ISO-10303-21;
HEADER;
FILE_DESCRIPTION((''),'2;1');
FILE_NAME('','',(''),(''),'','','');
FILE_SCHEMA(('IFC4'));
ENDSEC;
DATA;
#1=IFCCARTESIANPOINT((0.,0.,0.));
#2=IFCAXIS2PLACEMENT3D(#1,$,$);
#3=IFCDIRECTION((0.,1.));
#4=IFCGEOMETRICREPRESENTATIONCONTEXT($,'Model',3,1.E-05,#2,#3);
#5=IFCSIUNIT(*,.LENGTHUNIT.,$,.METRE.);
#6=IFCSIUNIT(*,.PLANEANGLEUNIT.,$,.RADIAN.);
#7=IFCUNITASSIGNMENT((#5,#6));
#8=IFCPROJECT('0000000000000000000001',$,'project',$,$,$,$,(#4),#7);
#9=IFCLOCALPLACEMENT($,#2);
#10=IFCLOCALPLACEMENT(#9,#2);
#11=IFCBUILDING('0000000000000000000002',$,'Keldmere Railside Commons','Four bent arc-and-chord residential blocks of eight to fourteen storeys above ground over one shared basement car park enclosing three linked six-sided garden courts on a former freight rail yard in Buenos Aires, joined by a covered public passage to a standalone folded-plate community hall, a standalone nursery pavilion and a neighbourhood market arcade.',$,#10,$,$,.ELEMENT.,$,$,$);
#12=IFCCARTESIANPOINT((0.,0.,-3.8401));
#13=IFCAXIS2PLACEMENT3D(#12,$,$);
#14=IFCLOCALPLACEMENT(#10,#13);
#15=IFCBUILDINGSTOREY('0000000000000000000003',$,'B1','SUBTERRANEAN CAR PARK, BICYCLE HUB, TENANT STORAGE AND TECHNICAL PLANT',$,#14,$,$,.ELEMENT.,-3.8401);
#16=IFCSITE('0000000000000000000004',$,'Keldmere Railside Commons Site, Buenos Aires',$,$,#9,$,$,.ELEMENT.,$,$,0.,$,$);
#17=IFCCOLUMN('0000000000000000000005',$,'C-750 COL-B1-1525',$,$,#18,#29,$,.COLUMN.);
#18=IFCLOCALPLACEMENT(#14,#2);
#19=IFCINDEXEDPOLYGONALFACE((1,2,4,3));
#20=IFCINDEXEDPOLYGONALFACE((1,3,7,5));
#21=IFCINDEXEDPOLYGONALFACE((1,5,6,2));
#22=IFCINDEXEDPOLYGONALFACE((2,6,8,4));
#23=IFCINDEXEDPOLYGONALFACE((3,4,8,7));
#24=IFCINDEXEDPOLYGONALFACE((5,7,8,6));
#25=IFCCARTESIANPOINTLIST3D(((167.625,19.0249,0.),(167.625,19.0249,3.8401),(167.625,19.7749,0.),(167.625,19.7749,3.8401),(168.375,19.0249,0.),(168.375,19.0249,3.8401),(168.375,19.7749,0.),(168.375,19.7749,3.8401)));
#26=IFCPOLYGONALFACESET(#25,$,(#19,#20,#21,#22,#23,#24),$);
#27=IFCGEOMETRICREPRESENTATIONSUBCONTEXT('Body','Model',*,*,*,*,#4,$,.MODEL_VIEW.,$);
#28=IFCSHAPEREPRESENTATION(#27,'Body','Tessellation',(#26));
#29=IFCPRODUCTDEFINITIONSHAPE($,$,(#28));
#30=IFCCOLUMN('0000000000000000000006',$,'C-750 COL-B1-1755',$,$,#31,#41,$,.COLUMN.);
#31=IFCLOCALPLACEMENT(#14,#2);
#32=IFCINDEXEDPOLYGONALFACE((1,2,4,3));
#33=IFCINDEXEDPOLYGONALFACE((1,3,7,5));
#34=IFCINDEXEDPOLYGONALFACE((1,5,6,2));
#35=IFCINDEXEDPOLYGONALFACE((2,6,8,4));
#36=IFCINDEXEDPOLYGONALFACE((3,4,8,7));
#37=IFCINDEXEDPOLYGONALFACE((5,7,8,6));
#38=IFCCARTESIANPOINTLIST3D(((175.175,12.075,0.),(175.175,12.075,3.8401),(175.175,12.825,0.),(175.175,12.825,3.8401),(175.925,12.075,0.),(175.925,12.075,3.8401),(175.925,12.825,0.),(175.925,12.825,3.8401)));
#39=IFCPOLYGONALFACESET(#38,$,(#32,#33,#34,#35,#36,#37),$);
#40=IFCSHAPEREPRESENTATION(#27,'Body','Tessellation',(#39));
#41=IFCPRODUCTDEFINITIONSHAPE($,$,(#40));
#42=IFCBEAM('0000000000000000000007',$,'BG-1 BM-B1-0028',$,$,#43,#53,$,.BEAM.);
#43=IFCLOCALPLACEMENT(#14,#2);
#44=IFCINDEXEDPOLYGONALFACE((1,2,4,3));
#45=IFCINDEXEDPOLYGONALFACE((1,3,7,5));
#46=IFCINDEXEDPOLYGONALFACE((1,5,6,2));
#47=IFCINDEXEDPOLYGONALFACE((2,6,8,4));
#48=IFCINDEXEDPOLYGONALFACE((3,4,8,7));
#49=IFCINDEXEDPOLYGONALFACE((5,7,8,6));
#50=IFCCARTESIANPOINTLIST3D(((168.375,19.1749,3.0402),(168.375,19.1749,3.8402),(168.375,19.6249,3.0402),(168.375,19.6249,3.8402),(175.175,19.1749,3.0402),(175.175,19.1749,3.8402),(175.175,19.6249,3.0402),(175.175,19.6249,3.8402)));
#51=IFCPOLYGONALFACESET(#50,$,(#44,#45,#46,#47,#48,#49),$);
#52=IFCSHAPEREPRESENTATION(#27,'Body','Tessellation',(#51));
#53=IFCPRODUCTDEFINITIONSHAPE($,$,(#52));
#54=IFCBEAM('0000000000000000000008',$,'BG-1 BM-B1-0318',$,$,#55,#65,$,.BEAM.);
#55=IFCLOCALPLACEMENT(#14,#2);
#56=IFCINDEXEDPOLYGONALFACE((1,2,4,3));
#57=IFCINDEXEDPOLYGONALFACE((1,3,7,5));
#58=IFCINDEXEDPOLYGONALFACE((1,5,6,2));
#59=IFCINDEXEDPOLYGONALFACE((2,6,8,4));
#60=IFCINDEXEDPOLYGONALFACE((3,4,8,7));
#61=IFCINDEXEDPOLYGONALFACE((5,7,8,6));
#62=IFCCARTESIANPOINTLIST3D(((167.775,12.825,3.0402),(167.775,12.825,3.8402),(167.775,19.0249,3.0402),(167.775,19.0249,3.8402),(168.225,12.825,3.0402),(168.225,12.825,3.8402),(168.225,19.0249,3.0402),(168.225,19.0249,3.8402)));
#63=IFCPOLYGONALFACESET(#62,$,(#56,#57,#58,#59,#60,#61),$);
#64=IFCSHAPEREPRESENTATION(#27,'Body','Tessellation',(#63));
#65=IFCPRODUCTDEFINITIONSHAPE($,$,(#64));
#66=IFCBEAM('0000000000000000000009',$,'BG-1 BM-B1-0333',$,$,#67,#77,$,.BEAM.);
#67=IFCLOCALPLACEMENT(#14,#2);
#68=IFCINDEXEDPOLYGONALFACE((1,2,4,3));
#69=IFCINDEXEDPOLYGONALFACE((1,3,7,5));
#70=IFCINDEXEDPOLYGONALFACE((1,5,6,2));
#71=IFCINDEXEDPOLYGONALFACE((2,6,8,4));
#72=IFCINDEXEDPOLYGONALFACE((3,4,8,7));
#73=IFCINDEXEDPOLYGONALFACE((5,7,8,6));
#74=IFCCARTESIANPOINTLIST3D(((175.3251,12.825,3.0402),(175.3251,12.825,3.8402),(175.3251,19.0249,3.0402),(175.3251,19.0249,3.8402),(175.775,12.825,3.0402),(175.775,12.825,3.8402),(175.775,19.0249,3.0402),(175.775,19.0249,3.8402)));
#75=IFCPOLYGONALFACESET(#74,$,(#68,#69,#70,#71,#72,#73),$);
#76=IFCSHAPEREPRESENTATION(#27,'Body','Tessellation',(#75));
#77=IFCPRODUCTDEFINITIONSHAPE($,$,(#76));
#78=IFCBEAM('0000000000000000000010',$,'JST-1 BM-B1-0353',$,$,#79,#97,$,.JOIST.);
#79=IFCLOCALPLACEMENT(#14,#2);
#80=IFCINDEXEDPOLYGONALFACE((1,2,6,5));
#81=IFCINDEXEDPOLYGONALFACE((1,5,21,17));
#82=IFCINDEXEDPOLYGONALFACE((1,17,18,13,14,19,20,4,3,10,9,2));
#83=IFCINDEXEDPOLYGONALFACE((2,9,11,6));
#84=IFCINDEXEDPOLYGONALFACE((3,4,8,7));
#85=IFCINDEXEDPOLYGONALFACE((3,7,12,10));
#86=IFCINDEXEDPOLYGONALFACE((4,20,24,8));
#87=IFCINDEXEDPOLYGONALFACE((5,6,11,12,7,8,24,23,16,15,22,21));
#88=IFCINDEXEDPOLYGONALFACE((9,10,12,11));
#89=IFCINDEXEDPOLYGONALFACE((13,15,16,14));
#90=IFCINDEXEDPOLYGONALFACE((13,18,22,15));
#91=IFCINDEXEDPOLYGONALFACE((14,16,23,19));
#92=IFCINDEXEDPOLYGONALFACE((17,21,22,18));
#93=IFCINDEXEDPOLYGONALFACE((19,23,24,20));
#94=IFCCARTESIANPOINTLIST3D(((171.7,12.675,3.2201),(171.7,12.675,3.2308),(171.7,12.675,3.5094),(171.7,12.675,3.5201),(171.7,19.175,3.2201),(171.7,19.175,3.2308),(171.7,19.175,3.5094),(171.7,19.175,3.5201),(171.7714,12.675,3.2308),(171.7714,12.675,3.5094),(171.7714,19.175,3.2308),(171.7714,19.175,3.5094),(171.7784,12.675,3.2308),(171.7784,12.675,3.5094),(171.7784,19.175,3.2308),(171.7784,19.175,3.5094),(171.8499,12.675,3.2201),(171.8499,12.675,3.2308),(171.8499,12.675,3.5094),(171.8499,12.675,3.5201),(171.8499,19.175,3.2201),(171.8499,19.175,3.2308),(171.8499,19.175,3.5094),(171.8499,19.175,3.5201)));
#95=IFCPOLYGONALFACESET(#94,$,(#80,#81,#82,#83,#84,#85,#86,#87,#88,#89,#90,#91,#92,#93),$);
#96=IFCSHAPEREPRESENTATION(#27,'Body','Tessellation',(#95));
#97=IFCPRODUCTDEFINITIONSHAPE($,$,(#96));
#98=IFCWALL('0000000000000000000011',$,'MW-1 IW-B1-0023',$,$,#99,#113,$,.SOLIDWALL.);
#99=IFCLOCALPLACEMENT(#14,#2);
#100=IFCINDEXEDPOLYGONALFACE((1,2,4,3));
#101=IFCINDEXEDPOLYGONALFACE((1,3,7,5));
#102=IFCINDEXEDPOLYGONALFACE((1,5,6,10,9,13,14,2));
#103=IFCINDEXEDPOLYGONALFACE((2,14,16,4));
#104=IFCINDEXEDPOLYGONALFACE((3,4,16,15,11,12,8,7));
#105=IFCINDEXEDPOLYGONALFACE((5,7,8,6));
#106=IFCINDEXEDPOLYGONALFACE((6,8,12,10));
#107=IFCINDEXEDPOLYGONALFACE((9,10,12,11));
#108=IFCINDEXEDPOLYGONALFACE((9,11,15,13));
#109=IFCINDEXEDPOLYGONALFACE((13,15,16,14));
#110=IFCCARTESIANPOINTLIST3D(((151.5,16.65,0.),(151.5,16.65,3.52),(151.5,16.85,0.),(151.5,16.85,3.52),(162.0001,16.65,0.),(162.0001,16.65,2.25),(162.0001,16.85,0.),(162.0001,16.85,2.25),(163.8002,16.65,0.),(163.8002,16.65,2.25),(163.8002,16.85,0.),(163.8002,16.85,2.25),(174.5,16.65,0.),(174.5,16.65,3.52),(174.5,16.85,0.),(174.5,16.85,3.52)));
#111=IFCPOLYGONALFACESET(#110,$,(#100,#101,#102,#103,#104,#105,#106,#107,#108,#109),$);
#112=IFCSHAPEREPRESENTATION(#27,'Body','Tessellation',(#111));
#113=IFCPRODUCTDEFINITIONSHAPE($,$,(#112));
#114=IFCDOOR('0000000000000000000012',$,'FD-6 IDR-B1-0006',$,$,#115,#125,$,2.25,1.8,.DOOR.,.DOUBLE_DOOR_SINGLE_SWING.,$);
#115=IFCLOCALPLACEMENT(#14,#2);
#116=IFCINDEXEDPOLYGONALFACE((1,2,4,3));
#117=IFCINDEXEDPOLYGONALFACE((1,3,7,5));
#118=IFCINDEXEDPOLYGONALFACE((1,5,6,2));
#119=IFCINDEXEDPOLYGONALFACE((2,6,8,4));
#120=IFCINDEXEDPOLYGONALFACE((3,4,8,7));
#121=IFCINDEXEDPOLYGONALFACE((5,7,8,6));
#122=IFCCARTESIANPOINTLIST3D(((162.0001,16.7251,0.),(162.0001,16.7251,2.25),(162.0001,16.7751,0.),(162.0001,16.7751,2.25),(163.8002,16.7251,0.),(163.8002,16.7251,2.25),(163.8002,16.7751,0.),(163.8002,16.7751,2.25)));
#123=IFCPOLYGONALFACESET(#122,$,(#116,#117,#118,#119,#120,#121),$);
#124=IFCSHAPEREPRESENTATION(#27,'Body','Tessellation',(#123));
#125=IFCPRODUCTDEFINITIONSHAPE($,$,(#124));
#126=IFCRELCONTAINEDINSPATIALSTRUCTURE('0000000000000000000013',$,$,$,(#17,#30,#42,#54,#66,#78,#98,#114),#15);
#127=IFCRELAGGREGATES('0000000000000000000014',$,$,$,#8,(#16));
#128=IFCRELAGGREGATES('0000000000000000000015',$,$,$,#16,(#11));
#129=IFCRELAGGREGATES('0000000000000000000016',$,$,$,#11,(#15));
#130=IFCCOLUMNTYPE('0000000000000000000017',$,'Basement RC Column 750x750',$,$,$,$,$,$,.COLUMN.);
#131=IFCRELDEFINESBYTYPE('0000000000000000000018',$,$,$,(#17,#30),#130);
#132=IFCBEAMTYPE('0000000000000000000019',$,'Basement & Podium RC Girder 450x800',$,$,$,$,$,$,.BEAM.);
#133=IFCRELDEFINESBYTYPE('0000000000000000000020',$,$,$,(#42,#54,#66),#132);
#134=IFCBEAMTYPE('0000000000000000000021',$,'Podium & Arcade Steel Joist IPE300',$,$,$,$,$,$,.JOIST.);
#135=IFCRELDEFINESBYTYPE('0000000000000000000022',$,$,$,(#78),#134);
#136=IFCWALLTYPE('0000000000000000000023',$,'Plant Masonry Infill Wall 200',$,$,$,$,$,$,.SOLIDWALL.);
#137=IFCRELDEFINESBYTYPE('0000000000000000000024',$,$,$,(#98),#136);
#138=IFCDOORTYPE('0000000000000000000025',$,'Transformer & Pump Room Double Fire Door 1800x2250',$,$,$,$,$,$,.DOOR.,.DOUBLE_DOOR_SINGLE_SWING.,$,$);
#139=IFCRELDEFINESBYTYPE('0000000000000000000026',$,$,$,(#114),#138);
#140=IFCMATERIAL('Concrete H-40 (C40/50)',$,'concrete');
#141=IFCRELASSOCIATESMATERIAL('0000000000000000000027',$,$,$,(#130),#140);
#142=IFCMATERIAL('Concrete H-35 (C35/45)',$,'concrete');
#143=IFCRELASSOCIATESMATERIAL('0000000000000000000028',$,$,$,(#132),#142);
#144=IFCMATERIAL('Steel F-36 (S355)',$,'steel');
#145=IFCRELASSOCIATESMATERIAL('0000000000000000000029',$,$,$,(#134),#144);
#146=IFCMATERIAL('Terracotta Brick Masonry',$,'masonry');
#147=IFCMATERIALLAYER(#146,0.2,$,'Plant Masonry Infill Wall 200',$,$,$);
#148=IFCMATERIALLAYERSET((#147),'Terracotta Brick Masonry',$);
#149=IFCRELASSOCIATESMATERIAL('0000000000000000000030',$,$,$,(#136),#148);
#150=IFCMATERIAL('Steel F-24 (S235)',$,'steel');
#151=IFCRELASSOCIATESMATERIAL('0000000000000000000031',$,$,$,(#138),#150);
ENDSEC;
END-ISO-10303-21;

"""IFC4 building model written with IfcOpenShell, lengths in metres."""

from ifc_helpers import new_model, si_unit, direction, frame, frame_2d, origin, origin_2d, place, context, subcontext, project, spatial, rectangle, i_section, extrude, material, layer, layer_set, material_profile, profile_set, type_object, element, fill, save


model = new_model("IFC4")

# Units and contexts
model_context = context("Model", 3, precision=1e-05, world=origin(), true_north=direction((0.0, 1.0)))
body_context = subcontext(model_context, "Body", "Model", "MODEL_VIEW")
ifc_project = project(units=[si_unit("LENGTHUNIT", "METRE"), si_unit("PLANEANGLEUNIT", "RADIAN")], contexts=[model_context])

# Site, building, storey
site_placement = place(None, origin())
site = spatial("IfcSite", under=ifc_project, at=site_placement, Name="Keldmere Railside Commons Site, Buenos Aires", CompositionType="ELEMENT", RefElevation=0.0)
building_placement = place(site_placement, origin())
building = spatial("IfcBuilding", under=site, at=building_placement, Name="Keldmere Railside Commons", Description="Four bent arc-and-chord residential blocks of eight to fourteen storeys above ground over one shared basement car park enclosing three linked six-sided garden courts on a former freight rail yard in Buenos Aires, joined by a covered public passage to a standalone folded-plate community hall, a standalone nursery pavilion and a neighbourhood market arcade.", CompositionType="ELEMENT")
storey_placement = place(building_placement, frame((0.0, 0.0, -3.8401)))
storey = spatial("IfcBuildingStorey", under=building, at=storey_placement, Name="B1", Description="SUBTERRANEAN CAR PARK, BICYCLE HUB, TENANT STORAGE AND TECHNICAL PLANT", CompositionType="ELEMENT", Elevation=-3.8401)

# Shared definitions
ifc_material_1 = material(Name="Concrete H-40 (C40/50)", Category="concrete")

# Columns
ifc_material_profile_1 = material_profile(ifc_material_1, rectangle(XDim=0.75, YDim=0.75, at=origin_2d()), Name="RC-750x750")
ifc_profile_set_1 = profile_set([ifc_material_profile_1], Name="Concrete H-40 (C40/50)")
column_type = type_object("IfcColumnType", Name="Basement RC Column 750x750", PredefinedType="COLUMN", material=ifc_profile_set_1)
for number, where, z_axis, x_axis, name in (
    (1, (168.0, 19.3999, 0.0), (0.0, 0.0, 1.0), (1.0, 0.0, 0.0), "C-750 COL-B1-1525"),
    (2, (175.55, 12.45, 0.0), (0.0, 0.0, 1.0), (1.0, 0.0, 0.0), "C-750 COL-B1-1755"),
):
    element("IfcColumn", number, at=place(storey_placement, frame(where, z_axis=z_axis, x_axis=x_axis)), inside=storey, type_object=column_type, Name=name, PredefinedType="COLUMN", context=body_context, shape_type="SweptSolid", body=[
        extrude(rectangle(XDim=0.75, YDim=0.75, at=origin_2d()), origin(), (0.0, 0.0, 1.0), 3.8401),
    ])

# Beams
ifc_material_2 = material(Name="Concrete H-35 (C35/45)", Category="concrete")
ifc_material_profile_2 = material_profile(ifc_material_2, rectangle(XDim=0.45, YDim=0.8, at=origin_2d()), Name="RC-450x800")
ifc_profile_set_2 = profile_set([ifc_material_profile_2], Name="Concrete H-35 (C35/45)")
beam_type_1 = type_object("IfcBeamType", Name="Basement & Podium RC Girder 450x800", PredefinedType="BEAM", material=ifc_profile_set_2)
beam_1_placement = place(storey_placement, frame((168.375, 19.3999, 3.4402), z_axis=(1.0, 0.0, 0.0), x_axis=(0.0, 1.0, 0.0)))
element("IfcBeam", 3, at=beam_1_placement, inside=storey, type_object=beam_type_1, Name="BG-1 BM-B1-0028", PredefinedType="BEAM", context=body_context, shape_type="SweptSolid", body=[
    extrude(rectangle(XDim=0.45, YDim=0.8, at=origin_2d()), origin(), (0.0, 0.0, 1.0), 6.8),
])
for number, where, z_axis, x_axis, name in (
    (4, (168.0, 12.825, 3.4402), (0.0, 1.0, 0.0), (-1.0, 0.0, 0.0), "BG-1 BM-B1-0318"),
    (5, (175.55, 12.825, 3.4402), (0.0, 1.0, 0.0), (-1.0, 0.0, 0.0), "BG-1 BM-B1-0333"),
):
    element("IfcBeam", number, at=place(storey_placement, frame(where, z_axis=z_axis, x_axis=x_axis)), inside=storey, type_object=beam_type_1, Name=name, PredefinedType="BEAM", context=body_context, shape_type="SweptSolid", body=[
        extrude(rectangle(XDim=0.45, YDim=0.8, at=origin_2d()), origin(), (0.0, 0.0, 1.0), 6.2),
    ])
ifc_material_3 = material(Name="Steel F-36 (S355)", Category="steel")
ifc_material_profile_3 = material_profile(ifc_material_3, i_section(OverallWidth=0.1499, OverallDepth=0.3, WebThickness=0.0071, FlangeThickness=0.0107, at=origin_2d()), Name="IPE-300")
ifc_profile_set_3 = profile_set([ifc_material_profile_3], Name="Steel F-36 (S355)")
beam_type_2 = type_object("IfcBeamType", Name="Podium & Arcade Steel Joist IPE300", PredefinedType="JOIST", material=ifc_profile_set_3)
beam_2_placement = place(storey_placement, frame((171.7749, 12.675, 3.3701), z_axis=(0.0, 1.0, 0.0), x_axis=(-1.0, 0.0, 0.0)))
element("IfcBeam", 6, at=beam_2_placement, inside=storey, type_object=beam_type_2, Name="JST-1 BM-B1-0353", PredefinedType="JOIST", context=body_context, shape_type="SweptSolid", body=[
    extrude(i_section(OverallWidth=0.1499, OverallDepth=0.3, WebThickness=0.0071, FlangeThickness=0.0107, at=origin_2d()), origin(), (0.0, 0.0, 1.0), 6.5),
])

# Wall, opening, door
ifc_material_4 = material(Name="Terracotta Brick Masonry", Category="masonry")
ifc_layer = layer(ifc_material_4, 0.2, Name="Plant Masonry Infill Wall 200")
ifc_layer_set = layer_set([ifc_layer], Name="Terracotta Brick Masonry")
wall_type = type_object("IfcWallType", Name="Plant Masonry Infill Wall 200", PredefinedType="SOLIDWALL", material=ifc_layer_set)
wall_placement = place(storey_placement, frame((174.5, 16.75, 0.0), z_axis=(0.0, 0.0, 1.0), x_axis=(-1.0, 0.0, 0.0)))
wall = element("IfcWall", 7, at=wall_placement, inside=storey, type_object=wall_type, Name="MW-1 IW-B1-0023", PredefinedType="SOLIDWALL", context=body_context, shape_type="SweptSolid", body=[
    extrude(rectangle(XDim=23.0, YDim=0.2, at=frame_2d((11.5, 0.0))), origin(), (0.0, 0.0, 1.0), 3.52),
])
opening_placement = place(wall_placement, frame((10.7, 0.0, 0.0)))
opening = element("IfcOpeningElement", 8, at=opening_placement, cuts=wall, PredefinedType="OPENING", context=body_context, shape_type="SweptSolid", body=[
    extrude(rectangle(XDim=1.8, YDim=2.25, at=frame_2d((0.8999, 1.125))), frame((0.0, 0.1099, 0.0), z_axis=(0.0, -1.0, 0.0), x_axis=(1.0, 0.0, 0.0)), (0.0, 0.0, 1.0), 0.22),
])
ifc_material_5 = material(Name="Steel F-24 (S235)", Category="steel")
door_type = type_object("IfcDoorType", Name="Transformer & Pump Room Double Fire Door 1800x2250", OperationType="DOUBLE_DOOR_SINGLE_SWING", PredefinedType="DOOR", material=ifc_material_5)
door_placement = place(opening_placement, origin())
door = element("IfcDoor", 9, at=door_placement, inside=storey, type_object=door_type, Name="FD-6 IDR-B1-0006", OperationType="DOUBLE_DOOR_SINGLE_SWING", OverallHeight=2.25, OverallWidth=1.8, PredefinedType="DOOR", context=body_context, shape_type="SweptSolid", body=[
    extrude(rectangle(XDim=1.8, YDim=2.25, at=frame_2d((0.8999, 1.125))), frame((0.0, 0.0249, 0.0), z_axis=(0.0, -1.0, 0.0), x_axis=(1.0, 0.0, 0.0)), (0.0, 0.0, 1.0), 0.05),
])
fill(opening, door)

save(model, "model.ifc")
